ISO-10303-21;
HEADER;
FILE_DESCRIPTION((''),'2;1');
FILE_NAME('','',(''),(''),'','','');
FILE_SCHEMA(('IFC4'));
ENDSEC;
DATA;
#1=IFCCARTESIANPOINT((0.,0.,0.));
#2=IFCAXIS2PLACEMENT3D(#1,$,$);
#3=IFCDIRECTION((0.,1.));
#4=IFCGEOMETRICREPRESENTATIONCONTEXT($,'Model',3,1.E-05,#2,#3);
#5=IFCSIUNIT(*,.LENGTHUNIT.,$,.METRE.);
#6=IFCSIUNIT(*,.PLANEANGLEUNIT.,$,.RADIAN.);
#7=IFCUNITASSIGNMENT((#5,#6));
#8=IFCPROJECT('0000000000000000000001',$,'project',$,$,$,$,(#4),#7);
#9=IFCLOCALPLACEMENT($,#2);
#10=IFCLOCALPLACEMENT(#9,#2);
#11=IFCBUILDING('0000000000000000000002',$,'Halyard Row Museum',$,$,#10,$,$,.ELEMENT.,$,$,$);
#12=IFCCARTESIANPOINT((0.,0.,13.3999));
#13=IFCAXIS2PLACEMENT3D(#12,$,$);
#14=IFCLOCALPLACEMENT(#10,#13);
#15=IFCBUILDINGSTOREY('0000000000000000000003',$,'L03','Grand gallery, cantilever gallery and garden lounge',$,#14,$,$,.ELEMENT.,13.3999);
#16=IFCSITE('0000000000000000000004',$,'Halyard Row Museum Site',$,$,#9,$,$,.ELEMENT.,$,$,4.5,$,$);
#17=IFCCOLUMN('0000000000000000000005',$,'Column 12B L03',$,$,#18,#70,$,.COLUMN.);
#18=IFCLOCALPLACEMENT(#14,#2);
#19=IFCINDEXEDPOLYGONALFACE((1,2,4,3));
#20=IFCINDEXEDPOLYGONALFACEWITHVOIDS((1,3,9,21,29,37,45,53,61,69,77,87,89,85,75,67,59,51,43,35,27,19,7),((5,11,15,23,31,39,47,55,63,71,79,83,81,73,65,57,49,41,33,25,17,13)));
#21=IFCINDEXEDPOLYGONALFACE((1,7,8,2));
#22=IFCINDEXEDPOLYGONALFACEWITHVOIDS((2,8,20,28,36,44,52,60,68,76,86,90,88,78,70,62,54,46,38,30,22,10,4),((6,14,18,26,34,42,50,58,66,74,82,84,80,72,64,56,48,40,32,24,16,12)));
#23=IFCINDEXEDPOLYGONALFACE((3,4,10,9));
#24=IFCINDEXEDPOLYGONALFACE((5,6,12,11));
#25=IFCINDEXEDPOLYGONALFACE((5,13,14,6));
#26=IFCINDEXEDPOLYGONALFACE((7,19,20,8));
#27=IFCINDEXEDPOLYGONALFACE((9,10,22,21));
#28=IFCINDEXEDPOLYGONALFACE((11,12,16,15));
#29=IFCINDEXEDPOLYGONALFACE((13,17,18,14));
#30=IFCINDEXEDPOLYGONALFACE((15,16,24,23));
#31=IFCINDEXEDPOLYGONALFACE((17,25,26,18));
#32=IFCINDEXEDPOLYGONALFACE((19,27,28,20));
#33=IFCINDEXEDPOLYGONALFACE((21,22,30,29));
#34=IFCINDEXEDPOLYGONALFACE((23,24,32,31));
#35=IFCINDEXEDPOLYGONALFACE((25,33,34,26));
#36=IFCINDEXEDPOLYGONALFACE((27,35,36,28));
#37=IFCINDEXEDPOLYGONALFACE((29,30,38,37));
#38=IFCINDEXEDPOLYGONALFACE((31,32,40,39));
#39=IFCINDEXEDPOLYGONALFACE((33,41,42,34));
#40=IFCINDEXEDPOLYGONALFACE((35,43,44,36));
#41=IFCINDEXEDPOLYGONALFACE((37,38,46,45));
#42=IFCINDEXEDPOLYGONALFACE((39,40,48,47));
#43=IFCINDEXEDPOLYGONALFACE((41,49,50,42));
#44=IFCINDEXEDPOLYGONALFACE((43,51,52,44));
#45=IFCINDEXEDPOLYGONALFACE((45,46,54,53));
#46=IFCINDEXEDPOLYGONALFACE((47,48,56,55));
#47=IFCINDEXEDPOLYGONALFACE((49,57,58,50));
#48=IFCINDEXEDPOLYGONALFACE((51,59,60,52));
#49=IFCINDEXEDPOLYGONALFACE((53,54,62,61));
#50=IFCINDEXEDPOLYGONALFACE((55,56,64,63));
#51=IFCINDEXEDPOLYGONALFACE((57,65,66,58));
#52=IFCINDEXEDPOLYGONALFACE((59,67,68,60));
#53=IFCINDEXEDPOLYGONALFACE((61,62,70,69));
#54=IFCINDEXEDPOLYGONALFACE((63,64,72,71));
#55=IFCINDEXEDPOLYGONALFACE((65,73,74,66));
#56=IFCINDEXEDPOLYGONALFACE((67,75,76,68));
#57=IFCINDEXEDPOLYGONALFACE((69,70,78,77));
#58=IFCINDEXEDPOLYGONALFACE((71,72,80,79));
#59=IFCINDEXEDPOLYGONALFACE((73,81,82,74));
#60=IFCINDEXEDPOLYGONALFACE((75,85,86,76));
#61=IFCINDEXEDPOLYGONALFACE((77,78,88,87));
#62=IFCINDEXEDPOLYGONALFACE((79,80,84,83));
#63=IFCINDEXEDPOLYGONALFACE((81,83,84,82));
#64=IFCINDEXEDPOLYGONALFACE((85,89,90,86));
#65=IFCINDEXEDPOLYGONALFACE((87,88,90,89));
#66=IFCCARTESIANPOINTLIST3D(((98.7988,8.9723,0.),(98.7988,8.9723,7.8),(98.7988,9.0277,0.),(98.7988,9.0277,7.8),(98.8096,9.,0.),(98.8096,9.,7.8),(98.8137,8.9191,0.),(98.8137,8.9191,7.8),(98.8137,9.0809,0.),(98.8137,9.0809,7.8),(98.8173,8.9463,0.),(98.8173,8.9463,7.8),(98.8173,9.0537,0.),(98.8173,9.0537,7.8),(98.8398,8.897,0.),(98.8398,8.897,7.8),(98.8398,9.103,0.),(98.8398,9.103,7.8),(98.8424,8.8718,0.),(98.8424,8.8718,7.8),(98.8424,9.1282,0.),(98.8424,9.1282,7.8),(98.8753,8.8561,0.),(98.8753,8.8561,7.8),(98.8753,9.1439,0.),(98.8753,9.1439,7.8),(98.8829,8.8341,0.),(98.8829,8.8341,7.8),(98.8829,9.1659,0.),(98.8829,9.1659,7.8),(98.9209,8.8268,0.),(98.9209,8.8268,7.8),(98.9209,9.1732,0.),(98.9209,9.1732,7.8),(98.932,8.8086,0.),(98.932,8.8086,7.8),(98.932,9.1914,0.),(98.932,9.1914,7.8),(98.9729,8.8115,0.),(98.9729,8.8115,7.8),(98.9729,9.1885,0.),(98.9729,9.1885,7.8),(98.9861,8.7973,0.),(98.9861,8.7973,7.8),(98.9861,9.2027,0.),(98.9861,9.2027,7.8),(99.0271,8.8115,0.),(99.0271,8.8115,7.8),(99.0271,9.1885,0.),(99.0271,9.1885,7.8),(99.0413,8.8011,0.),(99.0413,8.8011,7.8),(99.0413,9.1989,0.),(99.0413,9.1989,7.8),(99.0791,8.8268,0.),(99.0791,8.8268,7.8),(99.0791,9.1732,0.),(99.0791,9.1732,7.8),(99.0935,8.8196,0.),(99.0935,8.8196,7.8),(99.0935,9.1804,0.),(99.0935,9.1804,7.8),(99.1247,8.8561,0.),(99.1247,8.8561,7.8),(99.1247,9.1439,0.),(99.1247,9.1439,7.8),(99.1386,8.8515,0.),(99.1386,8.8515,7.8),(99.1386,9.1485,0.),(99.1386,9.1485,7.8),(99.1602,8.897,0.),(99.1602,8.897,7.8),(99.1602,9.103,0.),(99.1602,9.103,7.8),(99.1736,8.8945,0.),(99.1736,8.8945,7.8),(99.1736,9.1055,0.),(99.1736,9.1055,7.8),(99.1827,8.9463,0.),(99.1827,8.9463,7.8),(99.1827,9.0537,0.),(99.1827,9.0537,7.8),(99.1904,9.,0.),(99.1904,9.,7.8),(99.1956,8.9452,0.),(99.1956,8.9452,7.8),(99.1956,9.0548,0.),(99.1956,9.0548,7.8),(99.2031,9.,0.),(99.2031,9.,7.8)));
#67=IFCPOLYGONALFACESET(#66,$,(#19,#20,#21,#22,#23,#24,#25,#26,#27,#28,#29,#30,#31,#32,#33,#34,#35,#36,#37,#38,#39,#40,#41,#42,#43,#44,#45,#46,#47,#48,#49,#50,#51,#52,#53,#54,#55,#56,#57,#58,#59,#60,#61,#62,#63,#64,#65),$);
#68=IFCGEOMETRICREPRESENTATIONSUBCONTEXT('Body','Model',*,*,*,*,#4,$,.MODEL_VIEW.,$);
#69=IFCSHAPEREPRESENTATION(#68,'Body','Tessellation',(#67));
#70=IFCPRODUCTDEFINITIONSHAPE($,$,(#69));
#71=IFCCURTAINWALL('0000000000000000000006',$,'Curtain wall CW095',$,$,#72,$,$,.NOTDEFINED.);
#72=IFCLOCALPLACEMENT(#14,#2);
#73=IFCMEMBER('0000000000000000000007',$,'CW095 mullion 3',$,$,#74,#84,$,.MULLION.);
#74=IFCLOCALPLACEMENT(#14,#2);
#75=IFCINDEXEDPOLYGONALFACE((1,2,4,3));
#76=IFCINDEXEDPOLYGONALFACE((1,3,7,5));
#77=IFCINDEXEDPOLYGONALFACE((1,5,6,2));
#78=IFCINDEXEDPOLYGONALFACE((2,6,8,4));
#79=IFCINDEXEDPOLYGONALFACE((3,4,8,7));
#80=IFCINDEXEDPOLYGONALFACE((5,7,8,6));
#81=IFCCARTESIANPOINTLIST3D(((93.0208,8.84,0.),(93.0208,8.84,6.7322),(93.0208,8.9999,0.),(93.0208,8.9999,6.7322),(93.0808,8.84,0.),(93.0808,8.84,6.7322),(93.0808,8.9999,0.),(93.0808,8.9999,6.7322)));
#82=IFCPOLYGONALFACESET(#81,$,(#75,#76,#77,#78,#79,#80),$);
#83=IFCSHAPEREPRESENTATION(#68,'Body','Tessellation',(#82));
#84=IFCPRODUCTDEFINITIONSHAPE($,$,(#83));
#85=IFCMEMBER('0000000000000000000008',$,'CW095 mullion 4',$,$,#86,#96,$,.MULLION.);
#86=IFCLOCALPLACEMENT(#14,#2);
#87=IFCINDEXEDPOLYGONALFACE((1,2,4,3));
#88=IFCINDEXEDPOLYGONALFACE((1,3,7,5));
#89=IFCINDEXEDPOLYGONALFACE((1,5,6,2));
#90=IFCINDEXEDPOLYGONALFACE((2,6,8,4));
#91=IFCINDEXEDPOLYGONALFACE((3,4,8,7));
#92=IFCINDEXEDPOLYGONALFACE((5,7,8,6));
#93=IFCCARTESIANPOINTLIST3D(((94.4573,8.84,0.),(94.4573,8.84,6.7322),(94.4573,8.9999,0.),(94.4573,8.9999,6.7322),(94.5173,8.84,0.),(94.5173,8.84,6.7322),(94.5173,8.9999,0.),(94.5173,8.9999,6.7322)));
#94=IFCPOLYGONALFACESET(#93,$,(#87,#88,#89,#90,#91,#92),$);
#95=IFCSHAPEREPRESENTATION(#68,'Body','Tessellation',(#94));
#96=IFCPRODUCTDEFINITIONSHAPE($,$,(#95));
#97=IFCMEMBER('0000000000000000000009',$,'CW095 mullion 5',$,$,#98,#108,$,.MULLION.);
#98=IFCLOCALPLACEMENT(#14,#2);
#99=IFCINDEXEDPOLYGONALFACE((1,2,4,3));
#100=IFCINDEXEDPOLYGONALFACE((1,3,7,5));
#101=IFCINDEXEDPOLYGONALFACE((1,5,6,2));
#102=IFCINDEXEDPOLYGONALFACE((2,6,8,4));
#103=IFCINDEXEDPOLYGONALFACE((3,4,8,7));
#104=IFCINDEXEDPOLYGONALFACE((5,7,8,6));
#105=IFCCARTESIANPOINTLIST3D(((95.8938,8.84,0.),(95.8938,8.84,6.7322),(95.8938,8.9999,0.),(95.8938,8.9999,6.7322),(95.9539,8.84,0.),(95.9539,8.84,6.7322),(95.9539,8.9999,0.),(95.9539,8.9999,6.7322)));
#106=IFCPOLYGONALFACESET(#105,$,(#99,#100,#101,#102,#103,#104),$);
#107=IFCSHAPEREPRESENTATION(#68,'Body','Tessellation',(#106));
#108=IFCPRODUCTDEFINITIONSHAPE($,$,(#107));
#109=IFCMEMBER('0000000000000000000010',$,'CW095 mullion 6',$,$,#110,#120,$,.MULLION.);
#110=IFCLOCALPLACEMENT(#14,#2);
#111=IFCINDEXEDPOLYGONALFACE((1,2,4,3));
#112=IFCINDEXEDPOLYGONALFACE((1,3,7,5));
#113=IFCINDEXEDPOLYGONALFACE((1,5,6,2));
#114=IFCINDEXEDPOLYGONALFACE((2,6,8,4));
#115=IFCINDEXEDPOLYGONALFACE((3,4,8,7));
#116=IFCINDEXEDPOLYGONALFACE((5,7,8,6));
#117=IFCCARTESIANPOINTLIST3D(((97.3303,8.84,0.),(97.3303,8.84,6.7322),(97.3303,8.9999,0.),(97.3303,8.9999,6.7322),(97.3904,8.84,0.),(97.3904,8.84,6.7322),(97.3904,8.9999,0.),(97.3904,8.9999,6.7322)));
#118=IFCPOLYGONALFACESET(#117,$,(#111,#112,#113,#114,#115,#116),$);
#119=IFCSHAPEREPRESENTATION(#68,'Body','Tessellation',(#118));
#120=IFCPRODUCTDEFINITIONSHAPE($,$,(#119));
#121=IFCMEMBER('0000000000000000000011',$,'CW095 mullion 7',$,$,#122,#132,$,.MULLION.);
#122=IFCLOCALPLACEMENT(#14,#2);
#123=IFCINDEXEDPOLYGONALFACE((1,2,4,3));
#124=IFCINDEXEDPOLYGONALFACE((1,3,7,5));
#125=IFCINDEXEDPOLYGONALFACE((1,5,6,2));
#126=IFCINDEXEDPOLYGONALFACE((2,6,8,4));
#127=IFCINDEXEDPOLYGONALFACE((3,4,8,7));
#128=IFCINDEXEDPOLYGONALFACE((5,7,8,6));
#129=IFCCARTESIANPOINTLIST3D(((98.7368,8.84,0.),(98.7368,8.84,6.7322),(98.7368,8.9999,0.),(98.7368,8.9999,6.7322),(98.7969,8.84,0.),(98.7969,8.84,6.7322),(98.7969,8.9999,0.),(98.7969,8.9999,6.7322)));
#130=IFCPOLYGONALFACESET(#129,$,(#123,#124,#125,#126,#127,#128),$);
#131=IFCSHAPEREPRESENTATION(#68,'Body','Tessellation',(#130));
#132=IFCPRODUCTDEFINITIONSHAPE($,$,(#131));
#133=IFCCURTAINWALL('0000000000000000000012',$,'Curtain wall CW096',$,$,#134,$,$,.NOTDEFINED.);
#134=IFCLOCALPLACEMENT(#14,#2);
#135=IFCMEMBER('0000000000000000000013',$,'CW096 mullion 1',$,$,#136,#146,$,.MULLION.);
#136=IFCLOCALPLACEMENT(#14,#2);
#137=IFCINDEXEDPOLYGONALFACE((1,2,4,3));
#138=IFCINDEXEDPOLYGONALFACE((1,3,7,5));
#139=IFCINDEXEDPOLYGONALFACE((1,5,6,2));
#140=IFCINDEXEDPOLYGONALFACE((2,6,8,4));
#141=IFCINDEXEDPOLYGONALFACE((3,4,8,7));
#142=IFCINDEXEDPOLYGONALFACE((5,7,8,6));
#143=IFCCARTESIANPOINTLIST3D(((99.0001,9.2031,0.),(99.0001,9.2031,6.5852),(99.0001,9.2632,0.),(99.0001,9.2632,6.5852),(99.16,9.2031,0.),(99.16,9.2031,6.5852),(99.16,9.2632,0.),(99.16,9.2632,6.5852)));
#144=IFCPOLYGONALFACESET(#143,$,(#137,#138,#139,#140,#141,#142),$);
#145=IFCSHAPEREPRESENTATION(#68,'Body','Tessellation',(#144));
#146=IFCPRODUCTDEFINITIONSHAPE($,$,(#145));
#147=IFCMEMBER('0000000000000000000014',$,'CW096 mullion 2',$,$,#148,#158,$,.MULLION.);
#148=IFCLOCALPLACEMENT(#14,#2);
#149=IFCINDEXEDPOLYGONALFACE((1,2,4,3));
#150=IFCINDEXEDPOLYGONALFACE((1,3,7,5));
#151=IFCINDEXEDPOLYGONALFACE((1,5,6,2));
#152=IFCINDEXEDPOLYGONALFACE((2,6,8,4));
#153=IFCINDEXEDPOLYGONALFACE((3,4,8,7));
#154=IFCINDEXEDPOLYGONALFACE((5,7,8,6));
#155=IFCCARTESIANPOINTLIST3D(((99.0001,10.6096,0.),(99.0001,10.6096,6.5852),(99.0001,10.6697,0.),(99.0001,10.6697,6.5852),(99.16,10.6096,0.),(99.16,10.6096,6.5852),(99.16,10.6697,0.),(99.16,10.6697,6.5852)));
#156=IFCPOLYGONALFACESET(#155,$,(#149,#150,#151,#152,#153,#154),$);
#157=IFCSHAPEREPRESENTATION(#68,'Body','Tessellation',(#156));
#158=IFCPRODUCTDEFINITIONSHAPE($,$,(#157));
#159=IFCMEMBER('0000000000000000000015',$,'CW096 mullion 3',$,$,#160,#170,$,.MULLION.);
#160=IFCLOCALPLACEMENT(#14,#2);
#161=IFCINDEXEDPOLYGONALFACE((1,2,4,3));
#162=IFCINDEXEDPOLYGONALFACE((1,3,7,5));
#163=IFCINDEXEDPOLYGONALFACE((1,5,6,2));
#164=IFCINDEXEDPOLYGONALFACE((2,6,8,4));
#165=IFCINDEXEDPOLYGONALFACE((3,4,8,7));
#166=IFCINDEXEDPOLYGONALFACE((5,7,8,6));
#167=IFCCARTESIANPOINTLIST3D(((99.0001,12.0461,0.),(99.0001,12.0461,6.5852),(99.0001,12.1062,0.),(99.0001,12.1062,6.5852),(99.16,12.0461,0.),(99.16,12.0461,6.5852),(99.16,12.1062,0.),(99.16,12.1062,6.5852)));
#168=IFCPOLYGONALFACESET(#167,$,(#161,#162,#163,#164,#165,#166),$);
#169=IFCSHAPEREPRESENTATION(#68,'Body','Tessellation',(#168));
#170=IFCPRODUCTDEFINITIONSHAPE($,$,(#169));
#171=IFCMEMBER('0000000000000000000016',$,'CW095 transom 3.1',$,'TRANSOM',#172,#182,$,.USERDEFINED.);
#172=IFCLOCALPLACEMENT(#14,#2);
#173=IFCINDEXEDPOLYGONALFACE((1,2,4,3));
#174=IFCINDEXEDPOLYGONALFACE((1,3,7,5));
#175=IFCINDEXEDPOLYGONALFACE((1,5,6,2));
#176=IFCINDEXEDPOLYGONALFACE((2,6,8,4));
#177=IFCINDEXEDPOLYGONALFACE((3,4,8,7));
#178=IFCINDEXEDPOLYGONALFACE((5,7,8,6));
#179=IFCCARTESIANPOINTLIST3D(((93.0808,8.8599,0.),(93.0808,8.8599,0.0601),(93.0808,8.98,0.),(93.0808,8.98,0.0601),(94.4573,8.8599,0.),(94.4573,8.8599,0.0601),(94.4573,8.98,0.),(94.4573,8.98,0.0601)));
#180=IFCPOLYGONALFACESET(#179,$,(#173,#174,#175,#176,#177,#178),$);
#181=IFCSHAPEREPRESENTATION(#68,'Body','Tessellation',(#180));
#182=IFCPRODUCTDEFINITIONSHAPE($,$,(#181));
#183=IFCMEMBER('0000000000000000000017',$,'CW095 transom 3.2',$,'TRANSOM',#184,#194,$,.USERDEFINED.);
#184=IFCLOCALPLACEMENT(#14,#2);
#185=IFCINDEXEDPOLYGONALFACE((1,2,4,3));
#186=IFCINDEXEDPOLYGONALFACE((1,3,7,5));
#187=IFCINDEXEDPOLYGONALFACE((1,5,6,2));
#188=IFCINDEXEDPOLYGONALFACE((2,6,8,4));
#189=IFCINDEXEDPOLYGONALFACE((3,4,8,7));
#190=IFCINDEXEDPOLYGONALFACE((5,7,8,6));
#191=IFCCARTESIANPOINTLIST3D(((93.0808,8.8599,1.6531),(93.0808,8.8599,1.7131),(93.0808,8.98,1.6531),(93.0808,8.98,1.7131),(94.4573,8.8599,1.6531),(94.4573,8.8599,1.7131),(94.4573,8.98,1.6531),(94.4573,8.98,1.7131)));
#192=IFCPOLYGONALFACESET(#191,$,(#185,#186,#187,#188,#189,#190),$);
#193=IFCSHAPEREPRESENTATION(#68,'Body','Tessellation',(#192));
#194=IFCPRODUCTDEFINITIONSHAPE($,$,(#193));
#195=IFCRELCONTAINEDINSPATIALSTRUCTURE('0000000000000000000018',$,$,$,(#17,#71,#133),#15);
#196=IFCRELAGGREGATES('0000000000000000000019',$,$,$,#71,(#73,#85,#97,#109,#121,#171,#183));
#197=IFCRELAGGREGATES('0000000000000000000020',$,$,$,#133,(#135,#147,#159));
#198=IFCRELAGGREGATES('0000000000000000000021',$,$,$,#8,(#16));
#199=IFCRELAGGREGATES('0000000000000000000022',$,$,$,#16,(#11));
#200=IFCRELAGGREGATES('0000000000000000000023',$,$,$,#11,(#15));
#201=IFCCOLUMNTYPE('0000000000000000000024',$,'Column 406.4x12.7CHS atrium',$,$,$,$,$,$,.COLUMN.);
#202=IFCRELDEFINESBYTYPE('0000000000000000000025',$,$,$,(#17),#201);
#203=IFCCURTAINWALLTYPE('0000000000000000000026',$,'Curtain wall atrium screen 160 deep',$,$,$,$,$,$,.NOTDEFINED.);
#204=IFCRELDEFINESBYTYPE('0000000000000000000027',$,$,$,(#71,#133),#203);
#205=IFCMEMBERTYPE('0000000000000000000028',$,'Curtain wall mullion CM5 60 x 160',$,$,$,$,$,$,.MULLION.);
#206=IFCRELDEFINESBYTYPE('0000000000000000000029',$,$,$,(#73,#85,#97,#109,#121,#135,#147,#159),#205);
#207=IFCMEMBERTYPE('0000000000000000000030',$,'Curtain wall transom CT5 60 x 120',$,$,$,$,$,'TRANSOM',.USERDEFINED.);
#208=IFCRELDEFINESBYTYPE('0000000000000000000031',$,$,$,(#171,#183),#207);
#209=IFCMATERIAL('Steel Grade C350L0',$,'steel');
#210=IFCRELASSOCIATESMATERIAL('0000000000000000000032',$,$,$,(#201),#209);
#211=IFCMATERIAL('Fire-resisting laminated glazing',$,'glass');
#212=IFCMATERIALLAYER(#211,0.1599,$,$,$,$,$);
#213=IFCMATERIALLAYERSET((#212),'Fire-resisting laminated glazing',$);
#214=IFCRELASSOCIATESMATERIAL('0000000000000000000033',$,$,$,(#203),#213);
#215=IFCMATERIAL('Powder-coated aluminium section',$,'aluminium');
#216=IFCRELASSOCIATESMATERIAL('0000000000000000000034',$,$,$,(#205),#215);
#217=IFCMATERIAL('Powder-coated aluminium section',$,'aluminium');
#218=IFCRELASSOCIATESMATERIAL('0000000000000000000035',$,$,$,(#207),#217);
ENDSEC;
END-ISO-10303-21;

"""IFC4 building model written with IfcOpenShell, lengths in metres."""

from ifc_helpers import new_model, si_unit, direction, frame, origin, origin_2d, place, context, subcontext, project, spatial, rectangle, hollow_circle, extrude, material, layer, layer_set, material_profile, profile_set, type_object, element, aggregate, save


model = new_model("IFC4")

# Units and contexts
model_context = context("Model", 3, precision=1e-05, world=origin(), true_north=direction((0.0, 1.0)))
body_context = subcontext(model_context, "Body", "Model", "MODEL_VIEW")
ifc_project = project(units=[si_unit("LENGTHUNIT", "METRE"), si_unit("PLANEANGLEUNIT", "RADIAN")], contexts=[model_context])

# Site, building, storey
site_placement = place(None, origin())
site = spatial("IfcSite", under=ifc_project, at=site_placement, Name="Halyard Row Museum Site", CompositionType="ELEMENT", RefElevation=4.5)
building_placement = place(site_placement, origin())
building = spatial("IfcBuilding", under=site, at=building_placement, Name="Halyard Row Museum", CompositionType="ELEMENT")
storey_placement = place(building_placement, frame((0.0, 0.0, 13.3999)))
storey = spatial("IfcBuildingStorey", under=building, at=storey_placement, Name="L03", Description="Grand gallery, cantilever gallery and garden lounge", CompositionType="ELEMENT", Elevation=13.3999)

# Column
ifc_material_1 = material(Name="Steel Grade C350L0", Category="steel")
ifc_material_profile_1 = material_profile(ifc_material_1, hollow_circle(Radius=0.2031, WallThickness=0.0127, at=origin_2d()), Name="406.4x12.7CHS")
ifc_profile_set_1 = profile_set([ifc_material_profile_1], Name="Steel Grade C350L0")
column_type = type_object("IfcColumnType", Name="Column 406.4x12.7CHS atrium", PredefinedType="COLUMN", material=ifc_profile_set_1)
column_placement = place(storey_placement, frame((99.0, 9.0, 0.0), z_axis=(0.0, 0.0, 1.0), x_axis=(1.0, 0.0, 0.0)))
element("IfcColumn", 1, at=column_placement, inside=storey, type_object=column_type, Name="Column 12B L03", PredefinedType="COLUMN", context=body_context, shape_type="SweptSolid", body=[
    extrude(hollow_circle(Radius=0.2031, WallThickness=0.0127, at=origin_2d()), origin(), (0.0, 0.0, 1.0), 7.8),
])

# Curtain walls, members
ifc_material_2 = material(Name="Fire-resisting laminated glazing", Category="glass")
ifc_layer_1 = layer(ifc_material_2, 0.1599)
ifc_layer_set_1 = layer_set([ifc_layer_1], Name="Fire-resisting laminated glazing")
curtain_wall_type = type_object("IfcCurtainWallType", Name="Curtain wall atrium screen 160 deep", PredefinedType="NOTDEFINED", material=ifc_layer_set_1)
curtain_wall_1_placement = place(storey_placement, origin())
curtain_wall_1 = element("IfcCurtainWall", 2, at=curtain_wall_1_placement, inside=storey, type_object=curtain_wall_type, Name="Curtain wall CW095", PredefinedType="NOTDEFINED")
ifc_material_3 = material(Name="Powder-coated aluminium section", Category="aluminium")
ifc_material_profile_2 = material_profile(ifc_material_3, rectangle(XDim=0.1599, YDim=0.0601, at=origin_2d()), Name="160x60 mullion")
ifc_profile_set_2 = profile_set([ifc_material_profile_2], Name="Powder-coated aluminium section")
member_type_1 = type_object("IfcMemberType", Name="Curtain wall mullion CM5 60 x 160", PredefinedType="MULLION", material=ifc_profile_set_2)
member_1_placement = place(storey_placement, frame((93.0508, 8.9199, 0.0), z_axis=(0.0, 0.0, 1.0), x_axis=(0.0, 1.0, 0.0)))
member_1 = element("IfcMember", 3, at=member_1_placement, type_object=member_type_1, Name="CW095 mullion 3", PredefinedType="MULLION", context=body_context, shape_type="SweptSolid", body=[
    extrude(rectangle(XDim=0.1599, YDim=0.0601, at=origin_2d()), origin(), (0.0, 0.0, 1.0), 6.7322),
])
member_2_placement = place(storey_placement, frame((94.4873, 8.9199, 0.0), z_axis=(0.0, 0.0, 1.0), x_axis=(0.0, 1.0, 0.0)))
member_2 = element("IfcMember", 4, at=member_2_placement, type_object=member_type_1, Name="CW095 mullion 4", PredefinedType="MULLION", context=body_context, shape_type="SweptSolid", body=[
    extrude(rectangle(XDim=0.1599, YDim=0.0601, at=origin_2d()), origin(), (0.0, 0.0, 1.0), 6.7322),
])
member_3_placement = place(storey_placement, frame((95.9238, 8.9199, 0.0), z_axis=(0.0, 0.0, 1.0), x_axis=(0.0, 1.0, 0.0)))
member_3 = element("IfcMember", 5, at=member_3_placement, type_object=member_type_1, Name="CW095 mullion 5", PredefinedType="MULLION", context=body_context, shape_type="SweptSolid", body=[
    extrude(rectangle(XDim=0.1599, YDim=0.0601, at=origin_2d()), origin(), (0.0, 0.0, 1.0), 6.7322),
])
member_4_placement = place(storey_placement, frame((97.3604, 8.9199, 0.0), z_axis=(0.0, 0.0, 1.0), x_axis=(0.0, 1.0, 0.0)))
member_4 = element("IfcMember", 6, at=member_4_placement, type_object=member_type_1, Name="CW095 mullion 6", PredefinedType="MULLION", context=body_context, shape_type="SweptSolid", body=[
    extrude(rectangle(XDim=0.1599, YDim=0.0601, at=origin_2d()), origin(), (0.0, 0.0, 1.0), 6.7322),
])
member_5_placement = place(storey_placement, frame((98.7668, 8.9199, 0.0), z_axis=(0.0, 0.0, 1.0), x_axis=(0.0, 1.0, 0.0)))
member_5 = element("IfcMember", 7, at=member_5_placement, type_object=member_type_1, Name="CW095 mullion 7", PredefinedType="MULLION", context=body_context, shape_type="SweptSolid", body=[
    extrude(rectangle(XDim=0.1599, YDim=0.0601, at=origin_2d()), origin(), (0.0, 0.0, 1.0), 6.7322),
])
curtain_wall_2_placement = place(storey_placement, origin())
curtain_wall_2 = element("IfcCurtainWall", 8, at=curtain_wall_2_placement, inside=storey, type_object=curtain_wall_type, Name="Curtain wall CW096", PredefinedType="NOTDEFINED")
member_6_placement = place(storey_placement, frame((99.0801, 9.2332, 0.0), z_axis=(0.0, 0.0, 1.0), x_axis=(-1.0, 0.0, 0.0)))
member_6 = element("IfcMember", 9, at=member_6_placement, type_object=member_type_1, Name="CW096 mullion 1", PredefinedType="MULLION", context=body_context, shape_type="SweptSolid", body=[
    extrude(rectangle(XDim=0.1599, YDim=0.0601, at=origin_2d()), origin(), (0.0, 0.0, 1.0), 6.5852),
])
member_7_placement = place(storey_placement, frame((99.0801, 10.6396, 0.0), z_axis=(0.0, 0.0, 1.0), x_axis=(-1.0, 0.0, 0.0)))
member_7 = element("IfcMember", 10, at=member_7_placement, type_object=member_type_1, Name="CW096 mullion 2", PredefinedType="MULLION", context=body_context, shape_type="SweptSolid", body=[
    extrude(rectangle(XDim=0.1599, YDim=0.0601, at=origin_2d()), origin(), (0.0, 0.0, 1.0), 6.5852),
])
member_8_placement = place(storey_placement, frame((99.0801, 12.0762, 0.0), z_axis=(0.0, 0.0, 1.0), x_axis=(-1.0, 0.0, 0.0)))
member_8 = element("IfcMember", 11, at=member_8_placement, type_object=member_type_1, Name="CW096 mullion 3", PredefinedType="MULLION", context=body_context, shape_type="SweptSolid", body=[
    extrude(rectangle(XDim=0.1599, YDim=0.0601, at=origin_2d()), origin(), (0.0, 0.0, 1.0), 6.5852),
])

# Members
ifc_material_4 = material(Name="Powder-coated aluminium section", Category="aluminium")
ifc_material_profile_3 = material_profile(ifc_material_4, rectangle(XDim=0.1201, YDim=0.0601, at=origin_2d()), Name="120x60 transom")
ifc_profile_set_3 = profile_set([ifc_material_profile_3], Name="Powder-coated aluminium section")
member_type_2 = type_object("IfcMemberType", Name="Curtain wall transom CT5 60 x 120", ElementType="TRANSOM", PredefinedType="USERDEFINED", material=ifc_profile_set_3)
member_9_placement = place(storey_placement, frame((93.0808, 8.9199, 0.03), z_axis=(1.0, 0.0, 0.0), x_axis=(0.0, 1.0, 0.0)))
member_9 = element("IfcMember", 12, at=member_9_placement, type_object=member_type_2, Name="CW095 transom 3.1", ObjectType="TRANSOM", PredefinedType="USERDEFINED", context=body_context, shape_type="SweptSolid", body=[
    extrude(rectangle(XDim=0.1201, YDim=0.0601, at=origin_2d()), origin(), (0.0, 0.0, 1.0), 1.3765),
])
member_10_placement = place(storey_placement, frame((93.0808, 8.9199, 1.6831), z_axis=(1.0, 0.0, 0.0), x_axis=(0.0, 1.0, 0.0)))
member_10 = element("IfcMember", 13, at=member_10_placement, type_object=member_type_2, Name="CW095 transom 3.2", ObjectType="TRANSOM", PredefinedType="USERDEFINED", context=body_context, shape_type="SweptSolid", body=[
    extrude(rectangle(XDim=0.1201, YDim=0.0601, at=origin_2d()), origin(), (0.0, 0.0, 1.0), 1.3765),
])

aggregate(curtain_wall_1, [member_1, member_2, member_3, member_4, member_5, member_9, member_10])
aggregate(curtain_wall_2, [member_6, member_7, member_8])

save(model, "model.ifc")
